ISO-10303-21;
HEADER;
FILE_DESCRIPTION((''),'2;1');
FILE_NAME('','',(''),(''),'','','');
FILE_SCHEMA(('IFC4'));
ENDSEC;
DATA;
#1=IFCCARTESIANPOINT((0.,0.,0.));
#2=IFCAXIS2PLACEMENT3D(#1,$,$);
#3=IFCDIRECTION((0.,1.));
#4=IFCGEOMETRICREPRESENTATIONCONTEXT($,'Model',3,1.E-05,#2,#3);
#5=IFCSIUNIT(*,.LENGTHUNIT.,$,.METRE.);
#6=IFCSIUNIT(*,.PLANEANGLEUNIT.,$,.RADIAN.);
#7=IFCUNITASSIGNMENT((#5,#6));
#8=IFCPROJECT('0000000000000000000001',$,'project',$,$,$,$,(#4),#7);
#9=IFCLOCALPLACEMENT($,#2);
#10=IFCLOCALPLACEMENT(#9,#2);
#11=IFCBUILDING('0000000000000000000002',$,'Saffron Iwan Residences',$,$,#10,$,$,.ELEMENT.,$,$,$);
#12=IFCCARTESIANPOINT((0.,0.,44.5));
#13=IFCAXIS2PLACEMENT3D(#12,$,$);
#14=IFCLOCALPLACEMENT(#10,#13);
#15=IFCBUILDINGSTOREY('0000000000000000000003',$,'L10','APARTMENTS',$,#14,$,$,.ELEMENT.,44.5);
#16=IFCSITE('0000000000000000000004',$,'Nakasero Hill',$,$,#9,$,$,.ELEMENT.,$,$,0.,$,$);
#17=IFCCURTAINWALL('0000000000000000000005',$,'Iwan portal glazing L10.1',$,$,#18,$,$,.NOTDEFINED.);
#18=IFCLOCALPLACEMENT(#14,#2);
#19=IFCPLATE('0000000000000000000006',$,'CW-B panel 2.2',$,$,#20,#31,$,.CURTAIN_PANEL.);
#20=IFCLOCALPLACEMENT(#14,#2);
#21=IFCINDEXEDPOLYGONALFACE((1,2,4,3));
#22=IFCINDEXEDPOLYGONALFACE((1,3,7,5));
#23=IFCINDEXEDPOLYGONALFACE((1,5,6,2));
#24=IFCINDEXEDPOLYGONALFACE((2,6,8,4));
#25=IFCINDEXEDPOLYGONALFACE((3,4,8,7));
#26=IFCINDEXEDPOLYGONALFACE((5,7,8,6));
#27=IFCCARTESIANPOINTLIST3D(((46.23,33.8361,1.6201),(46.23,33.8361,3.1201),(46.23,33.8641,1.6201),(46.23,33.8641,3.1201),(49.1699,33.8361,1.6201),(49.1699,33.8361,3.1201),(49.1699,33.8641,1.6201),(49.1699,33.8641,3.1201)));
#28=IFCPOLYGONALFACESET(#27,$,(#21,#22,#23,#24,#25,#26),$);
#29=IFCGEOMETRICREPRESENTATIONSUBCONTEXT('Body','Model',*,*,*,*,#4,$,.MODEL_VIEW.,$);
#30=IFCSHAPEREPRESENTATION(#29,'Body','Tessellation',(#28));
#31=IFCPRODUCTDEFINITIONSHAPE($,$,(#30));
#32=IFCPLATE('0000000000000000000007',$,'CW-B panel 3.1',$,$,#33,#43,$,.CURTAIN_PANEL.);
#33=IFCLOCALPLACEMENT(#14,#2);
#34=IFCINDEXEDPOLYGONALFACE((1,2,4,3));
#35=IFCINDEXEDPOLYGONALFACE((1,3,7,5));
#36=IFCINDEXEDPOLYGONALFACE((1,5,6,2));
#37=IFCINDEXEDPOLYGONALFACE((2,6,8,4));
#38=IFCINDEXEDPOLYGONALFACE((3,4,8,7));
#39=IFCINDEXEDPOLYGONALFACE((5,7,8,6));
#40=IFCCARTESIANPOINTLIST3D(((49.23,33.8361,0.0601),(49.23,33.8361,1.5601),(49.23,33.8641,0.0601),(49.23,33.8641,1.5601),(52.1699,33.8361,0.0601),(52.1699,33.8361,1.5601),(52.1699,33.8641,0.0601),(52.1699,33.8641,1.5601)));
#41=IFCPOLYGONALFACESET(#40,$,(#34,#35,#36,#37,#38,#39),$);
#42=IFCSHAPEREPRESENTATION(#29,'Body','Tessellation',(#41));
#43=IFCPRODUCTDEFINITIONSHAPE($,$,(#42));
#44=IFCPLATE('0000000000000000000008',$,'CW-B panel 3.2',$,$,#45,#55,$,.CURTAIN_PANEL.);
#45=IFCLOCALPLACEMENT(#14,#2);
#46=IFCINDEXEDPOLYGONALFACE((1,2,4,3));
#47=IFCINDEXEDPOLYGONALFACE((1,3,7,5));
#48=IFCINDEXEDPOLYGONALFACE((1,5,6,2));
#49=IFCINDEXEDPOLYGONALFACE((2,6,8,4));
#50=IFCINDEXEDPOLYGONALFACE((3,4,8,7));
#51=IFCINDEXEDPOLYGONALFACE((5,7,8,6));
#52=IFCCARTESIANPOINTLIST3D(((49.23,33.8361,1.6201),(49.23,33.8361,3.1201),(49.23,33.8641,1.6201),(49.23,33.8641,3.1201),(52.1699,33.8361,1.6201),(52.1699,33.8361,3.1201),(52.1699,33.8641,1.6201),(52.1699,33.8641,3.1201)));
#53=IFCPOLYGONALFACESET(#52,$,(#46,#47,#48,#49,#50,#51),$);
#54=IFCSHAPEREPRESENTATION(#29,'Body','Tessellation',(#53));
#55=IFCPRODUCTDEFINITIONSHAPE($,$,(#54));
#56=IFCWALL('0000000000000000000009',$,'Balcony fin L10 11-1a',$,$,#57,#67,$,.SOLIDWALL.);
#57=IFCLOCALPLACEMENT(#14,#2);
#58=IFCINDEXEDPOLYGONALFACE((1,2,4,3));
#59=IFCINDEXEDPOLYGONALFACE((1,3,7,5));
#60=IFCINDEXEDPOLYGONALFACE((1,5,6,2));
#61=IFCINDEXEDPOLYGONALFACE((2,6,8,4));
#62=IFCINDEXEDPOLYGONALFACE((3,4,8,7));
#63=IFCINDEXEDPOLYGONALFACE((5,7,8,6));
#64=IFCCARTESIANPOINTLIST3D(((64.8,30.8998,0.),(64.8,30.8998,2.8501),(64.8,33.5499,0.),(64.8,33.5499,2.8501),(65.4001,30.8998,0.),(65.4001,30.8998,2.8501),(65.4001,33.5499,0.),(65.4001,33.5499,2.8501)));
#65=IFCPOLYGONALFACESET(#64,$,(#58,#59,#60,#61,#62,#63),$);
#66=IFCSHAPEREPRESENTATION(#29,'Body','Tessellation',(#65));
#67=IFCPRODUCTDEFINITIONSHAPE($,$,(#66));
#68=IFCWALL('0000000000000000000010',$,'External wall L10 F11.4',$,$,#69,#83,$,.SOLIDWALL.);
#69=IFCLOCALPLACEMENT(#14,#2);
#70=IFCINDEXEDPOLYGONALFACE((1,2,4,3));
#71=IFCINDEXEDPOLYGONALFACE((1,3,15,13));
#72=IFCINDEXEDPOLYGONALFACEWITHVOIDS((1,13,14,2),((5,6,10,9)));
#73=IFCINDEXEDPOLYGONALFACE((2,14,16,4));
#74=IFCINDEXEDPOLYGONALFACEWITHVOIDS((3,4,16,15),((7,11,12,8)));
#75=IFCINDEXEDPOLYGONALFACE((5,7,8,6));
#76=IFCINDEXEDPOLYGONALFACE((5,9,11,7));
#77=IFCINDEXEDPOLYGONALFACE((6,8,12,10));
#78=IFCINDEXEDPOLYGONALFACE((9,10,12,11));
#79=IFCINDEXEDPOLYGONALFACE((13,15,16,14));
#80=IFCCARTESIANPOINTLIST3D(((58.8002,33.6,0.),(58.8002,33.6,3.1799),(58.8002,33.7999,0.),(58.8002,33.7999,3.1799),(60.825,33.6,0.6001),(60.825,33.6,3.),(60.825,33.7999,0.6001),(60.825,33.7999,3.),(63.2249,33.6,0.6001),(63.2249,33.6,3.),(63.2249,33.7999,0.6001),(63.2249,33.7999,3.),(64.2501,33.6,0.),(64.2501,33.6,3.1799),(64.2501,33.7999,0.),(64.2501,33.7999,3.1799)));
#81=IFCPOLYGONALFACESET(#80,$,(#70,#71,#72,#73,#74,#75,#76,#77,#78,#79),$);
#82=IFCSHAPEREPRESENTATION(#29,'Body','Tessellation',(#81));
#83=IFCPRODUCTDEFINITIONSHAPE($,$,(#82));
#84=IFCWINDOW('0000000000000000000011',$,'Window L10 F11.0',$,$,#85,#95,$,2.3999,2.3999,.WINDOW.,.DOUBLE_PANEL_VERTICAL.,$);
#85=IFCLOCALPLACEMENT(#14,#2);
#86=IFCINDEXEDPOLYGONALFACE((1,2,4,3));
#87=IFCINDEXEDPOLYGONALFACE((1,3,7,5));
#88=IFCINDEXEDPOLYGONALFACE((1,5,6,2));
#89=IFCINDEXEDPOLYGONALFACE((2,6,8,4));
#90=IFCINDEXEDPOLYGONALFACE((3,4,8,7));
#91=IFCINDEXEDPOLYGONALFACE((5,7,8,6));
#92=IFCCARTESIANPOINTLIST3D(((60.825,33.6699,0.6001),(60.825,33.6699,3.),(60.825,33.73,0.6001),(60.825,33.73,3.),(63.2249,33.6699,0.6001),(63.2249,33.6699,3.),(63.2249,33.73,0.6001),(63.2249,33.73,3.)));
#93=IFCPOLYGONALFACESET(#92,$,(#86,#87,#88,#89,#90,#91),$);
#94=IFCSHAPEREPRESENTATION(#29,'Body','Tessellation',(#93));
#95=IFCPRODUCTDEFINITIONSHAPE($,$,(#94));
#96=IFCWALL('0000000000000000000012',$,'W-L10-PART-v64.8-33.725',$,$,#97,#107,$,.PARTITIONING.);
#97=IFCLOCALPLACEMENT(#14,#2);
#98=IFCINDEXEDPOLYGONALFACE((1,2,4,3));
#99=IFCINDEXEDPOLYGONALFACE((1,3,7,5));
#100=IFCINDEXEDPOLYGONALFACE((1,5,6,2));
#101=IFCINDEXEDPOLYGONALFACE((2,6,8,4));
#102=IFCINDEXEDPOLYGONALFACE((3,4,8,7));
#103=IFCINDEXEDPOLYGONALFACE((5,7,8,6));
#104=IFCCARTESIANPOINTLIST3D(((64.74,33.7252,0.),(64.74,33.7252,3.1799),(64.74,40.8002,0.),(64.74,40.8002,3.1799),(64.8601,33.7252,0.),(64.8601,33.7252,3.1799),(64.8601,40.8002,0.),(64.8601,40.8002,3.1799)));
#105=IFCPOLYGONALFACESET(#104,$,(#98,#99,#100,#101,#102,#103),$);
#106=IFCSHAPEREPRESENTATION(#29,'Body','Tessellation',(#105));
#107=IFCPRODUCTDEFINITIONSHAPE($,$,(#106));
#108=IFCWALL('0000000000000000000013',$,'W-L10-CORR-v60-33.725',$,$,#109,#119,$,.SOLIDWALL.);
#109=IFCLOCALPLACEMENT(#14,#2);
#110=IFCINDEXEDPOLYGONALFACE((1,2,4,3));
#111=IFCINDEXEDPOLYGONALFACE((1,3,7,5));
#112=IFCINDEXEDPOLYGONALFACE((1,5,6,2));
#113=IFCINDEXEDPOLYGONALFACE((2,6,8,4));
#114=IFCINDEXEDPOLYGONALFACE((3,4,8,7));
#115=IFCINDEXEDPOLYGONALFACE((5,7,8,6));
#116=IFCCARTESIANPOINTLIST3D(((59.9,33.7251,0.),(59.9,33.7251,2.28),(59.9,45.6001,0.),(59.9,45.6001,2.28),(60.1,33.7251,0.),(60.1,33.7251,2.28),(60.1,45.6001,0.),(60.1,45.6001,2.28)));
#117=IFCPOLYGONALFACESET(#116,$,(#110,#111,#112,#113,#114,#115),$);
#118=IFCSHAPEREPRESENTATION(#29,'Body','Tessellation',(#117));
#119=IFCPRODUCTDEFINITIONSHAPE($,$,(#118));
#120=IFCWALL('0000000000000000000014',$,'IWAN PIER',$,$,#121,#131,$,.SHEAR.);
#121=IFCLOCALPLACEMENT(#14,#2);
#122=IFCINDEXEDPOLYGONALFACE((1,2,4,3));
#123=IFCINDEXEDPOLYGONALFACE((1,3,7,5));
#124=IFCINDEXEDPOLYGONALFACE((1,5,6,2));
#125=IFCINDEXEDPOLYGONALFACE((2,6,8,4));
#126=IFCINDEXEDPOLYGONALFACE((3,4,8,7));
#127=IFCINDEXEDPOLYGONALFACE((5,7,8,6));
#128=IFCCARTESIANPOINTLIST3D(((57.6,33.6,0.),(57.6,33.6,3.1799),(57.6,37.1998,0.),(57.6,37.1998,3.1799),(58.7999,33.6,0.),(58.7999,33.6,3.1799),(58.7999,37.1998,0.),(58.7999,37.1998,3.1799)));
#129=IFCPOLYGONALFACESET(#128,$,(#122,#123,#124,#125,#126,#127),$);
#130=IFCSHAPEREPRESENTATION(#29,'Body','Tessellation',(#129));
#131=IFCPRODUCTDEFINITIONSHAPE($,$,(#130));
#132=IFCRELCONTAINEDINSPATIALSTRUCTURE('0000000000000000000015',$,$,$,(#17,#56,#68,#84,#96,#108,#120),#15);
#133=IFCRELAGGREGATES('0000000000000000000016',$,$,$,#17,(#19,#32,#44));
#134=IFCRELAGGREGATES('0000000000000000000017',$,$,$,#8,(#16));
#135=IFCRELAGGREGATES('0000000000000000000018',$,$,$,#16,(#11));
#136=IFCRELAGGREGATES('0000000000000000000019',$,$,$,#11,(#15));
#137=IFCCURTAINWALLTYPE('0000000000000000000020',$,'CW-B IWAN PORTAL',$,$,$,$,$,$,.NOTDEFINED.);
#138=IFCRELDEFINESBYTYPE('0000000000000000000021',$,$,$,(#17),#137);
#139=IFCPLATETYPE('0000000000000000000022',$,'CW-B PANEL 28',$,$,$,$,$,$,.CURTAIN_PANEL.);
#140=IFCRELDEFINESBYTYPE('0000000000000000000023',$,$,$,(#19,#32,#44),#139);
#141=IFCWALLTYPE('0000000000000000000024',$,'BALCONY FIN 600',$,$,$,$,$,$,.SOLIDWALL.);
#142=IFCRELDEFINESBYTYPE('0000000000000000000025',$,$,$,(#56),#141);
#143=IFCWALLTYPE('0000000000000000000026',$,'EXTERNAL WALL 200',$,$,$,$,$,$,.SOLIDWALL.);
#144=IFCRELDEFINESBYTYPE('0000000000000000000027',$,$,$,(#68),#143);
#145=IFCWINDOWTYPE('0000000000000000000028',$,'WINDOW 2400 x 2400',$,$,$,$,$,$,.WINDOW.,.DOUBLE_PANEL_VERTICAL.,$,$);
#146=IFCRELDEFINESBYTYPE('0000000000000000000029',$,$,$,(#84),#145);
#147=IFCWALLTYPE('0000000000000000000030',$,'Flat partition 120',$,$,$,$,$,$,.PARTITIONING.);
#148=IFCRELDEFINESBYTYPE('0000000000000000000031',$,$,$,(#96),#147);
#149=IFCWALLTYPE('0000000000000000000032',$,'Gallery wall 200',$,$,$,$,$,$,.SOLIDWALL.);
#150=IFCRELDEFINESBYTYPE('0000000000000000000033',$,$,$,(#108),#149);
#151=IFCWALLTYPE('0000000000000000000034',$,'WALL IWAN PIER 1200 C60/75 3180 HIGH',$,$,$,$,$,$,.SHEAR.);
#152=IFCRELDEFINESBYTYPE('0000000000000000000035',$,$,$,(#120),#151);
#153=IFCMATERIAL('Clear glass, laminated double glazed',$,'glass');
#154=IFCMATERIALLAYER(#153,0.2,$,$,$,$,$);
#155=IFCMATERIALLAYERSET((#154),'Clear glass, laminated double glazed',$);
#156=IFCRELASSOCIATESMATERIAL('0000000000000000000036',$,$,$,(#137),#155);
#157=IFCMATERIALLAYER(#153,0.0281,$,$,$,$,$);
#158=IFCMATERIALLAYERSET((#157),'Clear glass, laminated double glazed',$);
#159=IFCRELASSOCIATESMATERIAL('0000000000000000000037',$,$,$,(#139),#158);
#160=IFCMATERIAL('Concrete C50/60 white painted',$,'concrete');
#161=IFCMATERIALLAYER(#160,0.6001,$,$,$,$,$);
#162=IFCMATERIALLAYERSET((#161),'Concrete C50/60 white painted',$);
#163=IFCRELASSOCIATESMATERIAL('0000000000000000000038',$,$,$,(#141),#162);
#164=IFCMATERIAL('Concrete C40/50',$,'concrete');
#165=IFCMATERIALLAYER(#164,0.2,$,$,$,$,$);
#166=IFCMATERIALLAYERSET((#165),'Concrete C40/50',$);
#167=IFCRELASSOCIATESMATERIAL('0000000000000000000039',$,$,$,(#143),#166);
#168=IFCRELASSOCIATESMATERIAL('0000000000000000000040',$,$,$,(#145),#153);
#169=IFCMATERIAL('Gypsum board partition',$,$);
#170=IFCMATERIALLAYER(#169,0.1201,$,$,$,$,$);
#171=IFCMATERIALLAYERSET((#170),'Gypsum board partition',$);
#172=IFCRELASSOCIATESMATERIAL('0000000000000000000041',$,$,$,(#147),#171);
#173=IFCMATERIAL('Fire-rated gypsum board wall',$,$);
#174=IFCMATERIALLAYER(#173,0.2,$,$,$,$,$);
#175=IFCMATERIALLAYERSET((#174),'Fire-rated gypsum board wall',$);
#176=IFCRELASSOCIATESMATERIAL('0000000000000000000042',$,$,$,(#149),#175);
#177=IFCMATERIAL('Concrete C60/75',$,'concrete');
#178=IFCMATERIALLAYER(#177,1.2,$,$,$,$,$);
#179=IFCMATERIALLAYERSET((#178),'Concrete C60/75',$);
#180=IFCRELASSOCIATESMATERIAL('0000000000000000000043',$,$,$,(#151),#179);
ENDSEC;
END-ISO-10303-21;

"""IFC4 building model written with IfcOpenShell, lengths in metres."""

from ifc_helpers import new_model, si_unit, direction, frame, frame_2d, origin, origin_2d, place, context, subcontext, project, spatial, rectangle, extrude, source, transform, mapped, material, layer, layer_set, type_object, element, fill, aggregate, save


model = new_model("IFC4")

# Units and contexts
model_context = context("Model", 3, precision=1e-05, world=origin(), true_north=direction((0.0, 1.0)))
body_context = subcontext(model_context, "Body", "Model", "MODEL_VIEW")
ifc_project = project(units=[si_unit("LENGTHUNIT", "METRE"), si_unit("PLANEANGLEUNIT", "RADIAN")], contexts=[model_context])

# Site, building, storey
site_placement = place(None, origin())
site = spatial("IfcSite", under=ifc_project, at=site_placement, Name="Nakasero Hill", CompositionType="ELEMENT", RefElevation=0.0)
building_placement = place(site_placement, origin())
building = spatial("IfcBuilding", under=site, at=building_placement, Name="Saffron Iwan Residences", CompositionType="ELEMENT")
storey_placement = place(building_placement, frame((0.0, 0.0, 44.5)))
storey = spatial("IfcBuildingStorey", under=building, at=storey_placement, Name="L10", Description="APARTMENTS", CompositionType="ELEMENT", Elevation=44.5)

# Curtain wall, plates
ifc_material_1 = material(Name="Clear glass, laminated double glazed", Category="glass")
ifc_layer_1 = layer(ifc_material_1, 0.2)
ifc_layer_set_1 = layer_set([ifc_layer_1], Name="Clear glass, laminated double glazed")
curtain_wall_type = type_object("IfcCurtainWallType", Name="CW-B IWAN PORTAL", PredefinedType="NOTDEFINED", material=ifc_layer_set_1)
curtain_wall_placement = place(storey_placement, origin())
curtain_wall = element("IfcCurtainWall", 1, at=curtain_wall_placement, inside=storey, type_object=curtain_wall_type, Name="Iwan portal glazing L10.1", PredefinedType="NOTDEFINED")
ifc_layer_2 = layer(ifc_material_1, 0.0281)
ifc_layer_set_2 = layer_set([ifc_layer_2], Name="Clear glass, laminated double glazed")
plate_type = type_object("IfcPlateType", Name="CW-B PANEL 28", PredefinedType="CURTAIN_PANEL", material=ifc_layer_set_2)
shared_shape_1 = source(origin(), body_context, "Body", "SweptSolid", [
    extrude(rectangle(XDim=2.9399, YDim=0.0281, at=origin_2d()), origin(), (0.0, 0.0, 1.0), 1.5),
])
plate_1_placement = place(storey_placement, frame((47.7, 33.8501, 1.6201), z_axis=(0.0, 0.0, 1.0), x_axis=(1.0, 0.0, 0.0)))
plate_1 = element("IfcPlate", 2, at=plate_1_placement, type_object=plate_type, Name="CW-B panel 2.2", PredefinedType="CURTAIN_PANEL", context=body_context, shape_type="MappedRepresentation", body=[
    mapped(shared_shape_1, transform((0.0, 0.0, 0.0))),
])
plate_2_placement = place(storey_placement, frame((50.7, 33.8501, 0.0601), z_axis=(0.0, 0.0, 1.0), x_axis=(1.0, 0.0, 0.0)))
plate_2 = element("IfcPlate", 3, at=plate_2_placement, type_object=plate_type, Name="CW-B panel 3.1", PredefinedType="CURTAIN_PANEL", context=body_context, shape_type="MappedRepresentation", body=[
    mapped(shared_shape_1, transform((0.0, 0.0, 0.0))),
])
plate_3_placement = place(storey_placement, frame((50.7, 33.8501, 1.6201), z_axis=(0.0, 0.0, 1.0), x_axis=(1.0, 0.0, 0.0)))
plate_3 = element("IfcPlate", 4, at=plate_3_placement, type_object=plate_type, Name="CW-B panel 3.2", PredefinedType="CURTAIN_PANEL", context=body_context, shape_type="MappedRepresentation", body=[
    mapped(shared_shape_1, transform((0.0, 0.0, 0.0))),
])
aggregate(curtain_wall, [plate_1, plate_2, plate_3])

# Wall
ifc_material_2 = material(Name="Concrete C50/60 white painted", Category="concrete")
ifc_layer_3 = layer(ifc_material_2, 0.6001)
ifc_layer_set_3 = layer_set([ifc_layer_3], Name="Concrete C50/60 white painted")
wall_type_1 = type_object("IfcWallType", Name="BALCONY FIN 600", PredefinedType="SOLIDWALL", material=ifc_layer_set_3)
wall_1_placement = place(storey_placement, frame((65.1001, 33.55, 0.0), z_axis=(0.0, 0.0, 1.0), x_axis=(0.0, -1.0, 0.0)))
element("IfcWall", 5, at=wall_1_placement, inside=storey, type_object=wall_type_1, Name="Balcony fin L10 11-1a", PredefinedType="SOLIDWALL", context=body_context, shape_type="SweptSolid", body=[
    extrude(rectangle(XDim=2.6501, YDim=0.6001, at=frame_2d((1.3252, 0.0))), origin(), (0.0, 0.0, 1.0), 2.8501),
])

# Wall, opening, window
ifc_material_3 = material(Name="Concrete C40/50", Category="concrete")
ifc_layer_4 = layer(ifc_material_3, 0.2)
ifc_layer_set_4 = layer_set([ifc_layer_4], Name="Concrete C40/50")
wall_type_2 = type_object("IfcWallType", Name="EXTERNAL WALL 200", PredefinedType="SOLIDWALL", material=ifc_layer_set_4)
wall_2_placement = place(storey_placement, frame((58.8, 33.7, 0.0), z_axis=(0.0, 0.0, 1.0), x_axis=(1.0, 0.0, 0.0)))
wall_2 = element("IfcWall", 6, at=wall_2_placement, inside=storey, type_object=wall_type_2, Name="External wall L10 F11.4", PredefinedType="SOLIDWALL", context=body_context, shape_type="SweptSolid", body=[
    extrude(rectangle(XDim=5.45, YDim=0.2, at=frame_2d((2.7251, 0.0))), origin(), (0.0, 0.0, 1.0), 3.1799),
])
opening_1_placement = place(wall_2_placement, frame((2.0249, 0.0, 0.6001)))
opening_1 = element("IfcOpeningElement", 7, at=opening_1_placement, cuts=wall_2, PredefinedType="OPENING", context=body_context, shape_type="SweptSolid", body=[
    extrude(rectangle(XDim=2.3999, YDim=2.3999, at=frame_2d((1.2, 1.2))), frame((0.0, 0.1099, 0.0), z_axis=(0.0, -1.0, 0.0), x_axis=(1.0, 0.0, 0.0)), (0.0, 0.0, 1.0), 0.22),
])
window_type_1 = type_object("IfcWindowType", Name="WINDOW 2400 x 2400", PartitioningType="DOUBLE_PANEL_VERTICAL", PredefinedType="WINDOW", material=ifc_material_1)
window_1_placement = place(opening_1_placement, origin())
window_1 = element("IfcWindow", 8, at=window_1_placement, inside=storey, type_object=window_type_1, Name="Window L10 F11.0", OverallHeight=2.3999, OverallWidth=2.3999, PartitioningType="DOUBLE_PANEL_VERTICAL", PredefinedType="WINDOW", context=body_context, shape_type="SweptSolid", body=[
    extrude(rectangle(XDim=2.3999, YDim=2.3999, at=frame_2d((1.2, 1.2))), frame((0.0, 0.03, 0.0), z_axis=(0.0, -1.0, 0.0), x_axis=(1.0, 0.0, 0.0)), (0.0, 0.0, 1.0), 0.0601),
])
fill(opening_1, window_1)

# Walls
ifc_material_4 = material(Name="Gypsum board partition")
ifc_layer_5 = layer(ifc_material_4, 0.1201)
ifc_layer_set_5 = layer_set([ifc_layer_5], Name="Gypsum board partition")
wall_type_3 = type_object("IfcWallType", Name="Flat partition 120", PredefinedType="PARTITIONING", material=ifc_layer_set_5)
wall_3_placement = place(storey_placement, frame((64.8, 33.7251, 0.0), z_axis=(0.0, 0.0, 1.0), x_axis=(0.0, 1.0, 0.0)))
element("IfcWall", 9, at=wall_3_placement, inside=storey, type_object=wall_type_3, Name="W-L10-PART-v64.8-33.725", PredefinedType="PARTITIONING", context=body_context, shape_type="SweptSolid", body=[
    extrude(rectangle(XDim=7.075, YDim=0.1201, at=frame_2d((3.5376, 0.0))), origin(), (0.0, 0.0, 1.0), 3.1799),
])
ifc_material_5 = material(Name="Fire-rated gypsum board wall")
ifc_layer_6 = layer(ifc_material_5, 0.2)
ifc_layer_set_6 = layer_set([ifc_layer_6], Name="Fire-rated gypsum board wall")
wall_type_4 = type_object("IfcWallType", Name="Gallery wall 200", PredefinedType="SOLIDWALL", material=ifc_layer_set_6)
wall_4_placement = place(storey_placement, frame((60.0, 33.7251, 0.0), z_axis=(0.0, 0.0, 1.0), x_axis=(0.0, 1.0, 0.0)))
element("IfcWall", 10, at=wall_4_placement, inside=storey, type_object=wall_type_4, Name="W-L10-CORR-v60-33.725", PredefinedType="SOLIDWALL", context=body_context, shape_type="SweptSolid", body=[
    extrude(rectangle(XDim=11.875, YDim=0.2, at=frame_2d((5.9375, 0.0))), origin(), (0.0, 0.0, 1.0), 2.28),
])
ifc_material_6 = material(Name="Concrete C60/75", Category="concrete")
ifc_layer_7 = layer(ifc_material_6, 1.2)
ifc_layer_set_7 = layer_set([ifc_layer_7], Name="Concrete C60/75")
wall_type_5 = type_object("IfcWallType", Name="WALL IWAN PIER 1200 C60/75 3180 HIGH", PredefinedType="SHEAR", material=ifc_layer_set_7)
wall_5_placement = place(storey_placement, frame((58.2, 33.6001, 0.0), z_axis=(0.0, 0.0, 1.0), x_axis=(0.0, 1.0, 0.0)))
element("IfcWall", 11, at=wall_5_placement, inside=storey, type_object=wall_type_5, Name="IWAN PIER", PredefinedType="SHEAR", context=body_context, shape_type="SweptSolid", body=[
    extrude(rectangle(XDim=3.5999, YDim=1.2, at=frame_2d((1.7998, 0.0))), origin(), (0.0, 0.0, 1.0), 3.1799),
])

save(model, "model.ifc")
